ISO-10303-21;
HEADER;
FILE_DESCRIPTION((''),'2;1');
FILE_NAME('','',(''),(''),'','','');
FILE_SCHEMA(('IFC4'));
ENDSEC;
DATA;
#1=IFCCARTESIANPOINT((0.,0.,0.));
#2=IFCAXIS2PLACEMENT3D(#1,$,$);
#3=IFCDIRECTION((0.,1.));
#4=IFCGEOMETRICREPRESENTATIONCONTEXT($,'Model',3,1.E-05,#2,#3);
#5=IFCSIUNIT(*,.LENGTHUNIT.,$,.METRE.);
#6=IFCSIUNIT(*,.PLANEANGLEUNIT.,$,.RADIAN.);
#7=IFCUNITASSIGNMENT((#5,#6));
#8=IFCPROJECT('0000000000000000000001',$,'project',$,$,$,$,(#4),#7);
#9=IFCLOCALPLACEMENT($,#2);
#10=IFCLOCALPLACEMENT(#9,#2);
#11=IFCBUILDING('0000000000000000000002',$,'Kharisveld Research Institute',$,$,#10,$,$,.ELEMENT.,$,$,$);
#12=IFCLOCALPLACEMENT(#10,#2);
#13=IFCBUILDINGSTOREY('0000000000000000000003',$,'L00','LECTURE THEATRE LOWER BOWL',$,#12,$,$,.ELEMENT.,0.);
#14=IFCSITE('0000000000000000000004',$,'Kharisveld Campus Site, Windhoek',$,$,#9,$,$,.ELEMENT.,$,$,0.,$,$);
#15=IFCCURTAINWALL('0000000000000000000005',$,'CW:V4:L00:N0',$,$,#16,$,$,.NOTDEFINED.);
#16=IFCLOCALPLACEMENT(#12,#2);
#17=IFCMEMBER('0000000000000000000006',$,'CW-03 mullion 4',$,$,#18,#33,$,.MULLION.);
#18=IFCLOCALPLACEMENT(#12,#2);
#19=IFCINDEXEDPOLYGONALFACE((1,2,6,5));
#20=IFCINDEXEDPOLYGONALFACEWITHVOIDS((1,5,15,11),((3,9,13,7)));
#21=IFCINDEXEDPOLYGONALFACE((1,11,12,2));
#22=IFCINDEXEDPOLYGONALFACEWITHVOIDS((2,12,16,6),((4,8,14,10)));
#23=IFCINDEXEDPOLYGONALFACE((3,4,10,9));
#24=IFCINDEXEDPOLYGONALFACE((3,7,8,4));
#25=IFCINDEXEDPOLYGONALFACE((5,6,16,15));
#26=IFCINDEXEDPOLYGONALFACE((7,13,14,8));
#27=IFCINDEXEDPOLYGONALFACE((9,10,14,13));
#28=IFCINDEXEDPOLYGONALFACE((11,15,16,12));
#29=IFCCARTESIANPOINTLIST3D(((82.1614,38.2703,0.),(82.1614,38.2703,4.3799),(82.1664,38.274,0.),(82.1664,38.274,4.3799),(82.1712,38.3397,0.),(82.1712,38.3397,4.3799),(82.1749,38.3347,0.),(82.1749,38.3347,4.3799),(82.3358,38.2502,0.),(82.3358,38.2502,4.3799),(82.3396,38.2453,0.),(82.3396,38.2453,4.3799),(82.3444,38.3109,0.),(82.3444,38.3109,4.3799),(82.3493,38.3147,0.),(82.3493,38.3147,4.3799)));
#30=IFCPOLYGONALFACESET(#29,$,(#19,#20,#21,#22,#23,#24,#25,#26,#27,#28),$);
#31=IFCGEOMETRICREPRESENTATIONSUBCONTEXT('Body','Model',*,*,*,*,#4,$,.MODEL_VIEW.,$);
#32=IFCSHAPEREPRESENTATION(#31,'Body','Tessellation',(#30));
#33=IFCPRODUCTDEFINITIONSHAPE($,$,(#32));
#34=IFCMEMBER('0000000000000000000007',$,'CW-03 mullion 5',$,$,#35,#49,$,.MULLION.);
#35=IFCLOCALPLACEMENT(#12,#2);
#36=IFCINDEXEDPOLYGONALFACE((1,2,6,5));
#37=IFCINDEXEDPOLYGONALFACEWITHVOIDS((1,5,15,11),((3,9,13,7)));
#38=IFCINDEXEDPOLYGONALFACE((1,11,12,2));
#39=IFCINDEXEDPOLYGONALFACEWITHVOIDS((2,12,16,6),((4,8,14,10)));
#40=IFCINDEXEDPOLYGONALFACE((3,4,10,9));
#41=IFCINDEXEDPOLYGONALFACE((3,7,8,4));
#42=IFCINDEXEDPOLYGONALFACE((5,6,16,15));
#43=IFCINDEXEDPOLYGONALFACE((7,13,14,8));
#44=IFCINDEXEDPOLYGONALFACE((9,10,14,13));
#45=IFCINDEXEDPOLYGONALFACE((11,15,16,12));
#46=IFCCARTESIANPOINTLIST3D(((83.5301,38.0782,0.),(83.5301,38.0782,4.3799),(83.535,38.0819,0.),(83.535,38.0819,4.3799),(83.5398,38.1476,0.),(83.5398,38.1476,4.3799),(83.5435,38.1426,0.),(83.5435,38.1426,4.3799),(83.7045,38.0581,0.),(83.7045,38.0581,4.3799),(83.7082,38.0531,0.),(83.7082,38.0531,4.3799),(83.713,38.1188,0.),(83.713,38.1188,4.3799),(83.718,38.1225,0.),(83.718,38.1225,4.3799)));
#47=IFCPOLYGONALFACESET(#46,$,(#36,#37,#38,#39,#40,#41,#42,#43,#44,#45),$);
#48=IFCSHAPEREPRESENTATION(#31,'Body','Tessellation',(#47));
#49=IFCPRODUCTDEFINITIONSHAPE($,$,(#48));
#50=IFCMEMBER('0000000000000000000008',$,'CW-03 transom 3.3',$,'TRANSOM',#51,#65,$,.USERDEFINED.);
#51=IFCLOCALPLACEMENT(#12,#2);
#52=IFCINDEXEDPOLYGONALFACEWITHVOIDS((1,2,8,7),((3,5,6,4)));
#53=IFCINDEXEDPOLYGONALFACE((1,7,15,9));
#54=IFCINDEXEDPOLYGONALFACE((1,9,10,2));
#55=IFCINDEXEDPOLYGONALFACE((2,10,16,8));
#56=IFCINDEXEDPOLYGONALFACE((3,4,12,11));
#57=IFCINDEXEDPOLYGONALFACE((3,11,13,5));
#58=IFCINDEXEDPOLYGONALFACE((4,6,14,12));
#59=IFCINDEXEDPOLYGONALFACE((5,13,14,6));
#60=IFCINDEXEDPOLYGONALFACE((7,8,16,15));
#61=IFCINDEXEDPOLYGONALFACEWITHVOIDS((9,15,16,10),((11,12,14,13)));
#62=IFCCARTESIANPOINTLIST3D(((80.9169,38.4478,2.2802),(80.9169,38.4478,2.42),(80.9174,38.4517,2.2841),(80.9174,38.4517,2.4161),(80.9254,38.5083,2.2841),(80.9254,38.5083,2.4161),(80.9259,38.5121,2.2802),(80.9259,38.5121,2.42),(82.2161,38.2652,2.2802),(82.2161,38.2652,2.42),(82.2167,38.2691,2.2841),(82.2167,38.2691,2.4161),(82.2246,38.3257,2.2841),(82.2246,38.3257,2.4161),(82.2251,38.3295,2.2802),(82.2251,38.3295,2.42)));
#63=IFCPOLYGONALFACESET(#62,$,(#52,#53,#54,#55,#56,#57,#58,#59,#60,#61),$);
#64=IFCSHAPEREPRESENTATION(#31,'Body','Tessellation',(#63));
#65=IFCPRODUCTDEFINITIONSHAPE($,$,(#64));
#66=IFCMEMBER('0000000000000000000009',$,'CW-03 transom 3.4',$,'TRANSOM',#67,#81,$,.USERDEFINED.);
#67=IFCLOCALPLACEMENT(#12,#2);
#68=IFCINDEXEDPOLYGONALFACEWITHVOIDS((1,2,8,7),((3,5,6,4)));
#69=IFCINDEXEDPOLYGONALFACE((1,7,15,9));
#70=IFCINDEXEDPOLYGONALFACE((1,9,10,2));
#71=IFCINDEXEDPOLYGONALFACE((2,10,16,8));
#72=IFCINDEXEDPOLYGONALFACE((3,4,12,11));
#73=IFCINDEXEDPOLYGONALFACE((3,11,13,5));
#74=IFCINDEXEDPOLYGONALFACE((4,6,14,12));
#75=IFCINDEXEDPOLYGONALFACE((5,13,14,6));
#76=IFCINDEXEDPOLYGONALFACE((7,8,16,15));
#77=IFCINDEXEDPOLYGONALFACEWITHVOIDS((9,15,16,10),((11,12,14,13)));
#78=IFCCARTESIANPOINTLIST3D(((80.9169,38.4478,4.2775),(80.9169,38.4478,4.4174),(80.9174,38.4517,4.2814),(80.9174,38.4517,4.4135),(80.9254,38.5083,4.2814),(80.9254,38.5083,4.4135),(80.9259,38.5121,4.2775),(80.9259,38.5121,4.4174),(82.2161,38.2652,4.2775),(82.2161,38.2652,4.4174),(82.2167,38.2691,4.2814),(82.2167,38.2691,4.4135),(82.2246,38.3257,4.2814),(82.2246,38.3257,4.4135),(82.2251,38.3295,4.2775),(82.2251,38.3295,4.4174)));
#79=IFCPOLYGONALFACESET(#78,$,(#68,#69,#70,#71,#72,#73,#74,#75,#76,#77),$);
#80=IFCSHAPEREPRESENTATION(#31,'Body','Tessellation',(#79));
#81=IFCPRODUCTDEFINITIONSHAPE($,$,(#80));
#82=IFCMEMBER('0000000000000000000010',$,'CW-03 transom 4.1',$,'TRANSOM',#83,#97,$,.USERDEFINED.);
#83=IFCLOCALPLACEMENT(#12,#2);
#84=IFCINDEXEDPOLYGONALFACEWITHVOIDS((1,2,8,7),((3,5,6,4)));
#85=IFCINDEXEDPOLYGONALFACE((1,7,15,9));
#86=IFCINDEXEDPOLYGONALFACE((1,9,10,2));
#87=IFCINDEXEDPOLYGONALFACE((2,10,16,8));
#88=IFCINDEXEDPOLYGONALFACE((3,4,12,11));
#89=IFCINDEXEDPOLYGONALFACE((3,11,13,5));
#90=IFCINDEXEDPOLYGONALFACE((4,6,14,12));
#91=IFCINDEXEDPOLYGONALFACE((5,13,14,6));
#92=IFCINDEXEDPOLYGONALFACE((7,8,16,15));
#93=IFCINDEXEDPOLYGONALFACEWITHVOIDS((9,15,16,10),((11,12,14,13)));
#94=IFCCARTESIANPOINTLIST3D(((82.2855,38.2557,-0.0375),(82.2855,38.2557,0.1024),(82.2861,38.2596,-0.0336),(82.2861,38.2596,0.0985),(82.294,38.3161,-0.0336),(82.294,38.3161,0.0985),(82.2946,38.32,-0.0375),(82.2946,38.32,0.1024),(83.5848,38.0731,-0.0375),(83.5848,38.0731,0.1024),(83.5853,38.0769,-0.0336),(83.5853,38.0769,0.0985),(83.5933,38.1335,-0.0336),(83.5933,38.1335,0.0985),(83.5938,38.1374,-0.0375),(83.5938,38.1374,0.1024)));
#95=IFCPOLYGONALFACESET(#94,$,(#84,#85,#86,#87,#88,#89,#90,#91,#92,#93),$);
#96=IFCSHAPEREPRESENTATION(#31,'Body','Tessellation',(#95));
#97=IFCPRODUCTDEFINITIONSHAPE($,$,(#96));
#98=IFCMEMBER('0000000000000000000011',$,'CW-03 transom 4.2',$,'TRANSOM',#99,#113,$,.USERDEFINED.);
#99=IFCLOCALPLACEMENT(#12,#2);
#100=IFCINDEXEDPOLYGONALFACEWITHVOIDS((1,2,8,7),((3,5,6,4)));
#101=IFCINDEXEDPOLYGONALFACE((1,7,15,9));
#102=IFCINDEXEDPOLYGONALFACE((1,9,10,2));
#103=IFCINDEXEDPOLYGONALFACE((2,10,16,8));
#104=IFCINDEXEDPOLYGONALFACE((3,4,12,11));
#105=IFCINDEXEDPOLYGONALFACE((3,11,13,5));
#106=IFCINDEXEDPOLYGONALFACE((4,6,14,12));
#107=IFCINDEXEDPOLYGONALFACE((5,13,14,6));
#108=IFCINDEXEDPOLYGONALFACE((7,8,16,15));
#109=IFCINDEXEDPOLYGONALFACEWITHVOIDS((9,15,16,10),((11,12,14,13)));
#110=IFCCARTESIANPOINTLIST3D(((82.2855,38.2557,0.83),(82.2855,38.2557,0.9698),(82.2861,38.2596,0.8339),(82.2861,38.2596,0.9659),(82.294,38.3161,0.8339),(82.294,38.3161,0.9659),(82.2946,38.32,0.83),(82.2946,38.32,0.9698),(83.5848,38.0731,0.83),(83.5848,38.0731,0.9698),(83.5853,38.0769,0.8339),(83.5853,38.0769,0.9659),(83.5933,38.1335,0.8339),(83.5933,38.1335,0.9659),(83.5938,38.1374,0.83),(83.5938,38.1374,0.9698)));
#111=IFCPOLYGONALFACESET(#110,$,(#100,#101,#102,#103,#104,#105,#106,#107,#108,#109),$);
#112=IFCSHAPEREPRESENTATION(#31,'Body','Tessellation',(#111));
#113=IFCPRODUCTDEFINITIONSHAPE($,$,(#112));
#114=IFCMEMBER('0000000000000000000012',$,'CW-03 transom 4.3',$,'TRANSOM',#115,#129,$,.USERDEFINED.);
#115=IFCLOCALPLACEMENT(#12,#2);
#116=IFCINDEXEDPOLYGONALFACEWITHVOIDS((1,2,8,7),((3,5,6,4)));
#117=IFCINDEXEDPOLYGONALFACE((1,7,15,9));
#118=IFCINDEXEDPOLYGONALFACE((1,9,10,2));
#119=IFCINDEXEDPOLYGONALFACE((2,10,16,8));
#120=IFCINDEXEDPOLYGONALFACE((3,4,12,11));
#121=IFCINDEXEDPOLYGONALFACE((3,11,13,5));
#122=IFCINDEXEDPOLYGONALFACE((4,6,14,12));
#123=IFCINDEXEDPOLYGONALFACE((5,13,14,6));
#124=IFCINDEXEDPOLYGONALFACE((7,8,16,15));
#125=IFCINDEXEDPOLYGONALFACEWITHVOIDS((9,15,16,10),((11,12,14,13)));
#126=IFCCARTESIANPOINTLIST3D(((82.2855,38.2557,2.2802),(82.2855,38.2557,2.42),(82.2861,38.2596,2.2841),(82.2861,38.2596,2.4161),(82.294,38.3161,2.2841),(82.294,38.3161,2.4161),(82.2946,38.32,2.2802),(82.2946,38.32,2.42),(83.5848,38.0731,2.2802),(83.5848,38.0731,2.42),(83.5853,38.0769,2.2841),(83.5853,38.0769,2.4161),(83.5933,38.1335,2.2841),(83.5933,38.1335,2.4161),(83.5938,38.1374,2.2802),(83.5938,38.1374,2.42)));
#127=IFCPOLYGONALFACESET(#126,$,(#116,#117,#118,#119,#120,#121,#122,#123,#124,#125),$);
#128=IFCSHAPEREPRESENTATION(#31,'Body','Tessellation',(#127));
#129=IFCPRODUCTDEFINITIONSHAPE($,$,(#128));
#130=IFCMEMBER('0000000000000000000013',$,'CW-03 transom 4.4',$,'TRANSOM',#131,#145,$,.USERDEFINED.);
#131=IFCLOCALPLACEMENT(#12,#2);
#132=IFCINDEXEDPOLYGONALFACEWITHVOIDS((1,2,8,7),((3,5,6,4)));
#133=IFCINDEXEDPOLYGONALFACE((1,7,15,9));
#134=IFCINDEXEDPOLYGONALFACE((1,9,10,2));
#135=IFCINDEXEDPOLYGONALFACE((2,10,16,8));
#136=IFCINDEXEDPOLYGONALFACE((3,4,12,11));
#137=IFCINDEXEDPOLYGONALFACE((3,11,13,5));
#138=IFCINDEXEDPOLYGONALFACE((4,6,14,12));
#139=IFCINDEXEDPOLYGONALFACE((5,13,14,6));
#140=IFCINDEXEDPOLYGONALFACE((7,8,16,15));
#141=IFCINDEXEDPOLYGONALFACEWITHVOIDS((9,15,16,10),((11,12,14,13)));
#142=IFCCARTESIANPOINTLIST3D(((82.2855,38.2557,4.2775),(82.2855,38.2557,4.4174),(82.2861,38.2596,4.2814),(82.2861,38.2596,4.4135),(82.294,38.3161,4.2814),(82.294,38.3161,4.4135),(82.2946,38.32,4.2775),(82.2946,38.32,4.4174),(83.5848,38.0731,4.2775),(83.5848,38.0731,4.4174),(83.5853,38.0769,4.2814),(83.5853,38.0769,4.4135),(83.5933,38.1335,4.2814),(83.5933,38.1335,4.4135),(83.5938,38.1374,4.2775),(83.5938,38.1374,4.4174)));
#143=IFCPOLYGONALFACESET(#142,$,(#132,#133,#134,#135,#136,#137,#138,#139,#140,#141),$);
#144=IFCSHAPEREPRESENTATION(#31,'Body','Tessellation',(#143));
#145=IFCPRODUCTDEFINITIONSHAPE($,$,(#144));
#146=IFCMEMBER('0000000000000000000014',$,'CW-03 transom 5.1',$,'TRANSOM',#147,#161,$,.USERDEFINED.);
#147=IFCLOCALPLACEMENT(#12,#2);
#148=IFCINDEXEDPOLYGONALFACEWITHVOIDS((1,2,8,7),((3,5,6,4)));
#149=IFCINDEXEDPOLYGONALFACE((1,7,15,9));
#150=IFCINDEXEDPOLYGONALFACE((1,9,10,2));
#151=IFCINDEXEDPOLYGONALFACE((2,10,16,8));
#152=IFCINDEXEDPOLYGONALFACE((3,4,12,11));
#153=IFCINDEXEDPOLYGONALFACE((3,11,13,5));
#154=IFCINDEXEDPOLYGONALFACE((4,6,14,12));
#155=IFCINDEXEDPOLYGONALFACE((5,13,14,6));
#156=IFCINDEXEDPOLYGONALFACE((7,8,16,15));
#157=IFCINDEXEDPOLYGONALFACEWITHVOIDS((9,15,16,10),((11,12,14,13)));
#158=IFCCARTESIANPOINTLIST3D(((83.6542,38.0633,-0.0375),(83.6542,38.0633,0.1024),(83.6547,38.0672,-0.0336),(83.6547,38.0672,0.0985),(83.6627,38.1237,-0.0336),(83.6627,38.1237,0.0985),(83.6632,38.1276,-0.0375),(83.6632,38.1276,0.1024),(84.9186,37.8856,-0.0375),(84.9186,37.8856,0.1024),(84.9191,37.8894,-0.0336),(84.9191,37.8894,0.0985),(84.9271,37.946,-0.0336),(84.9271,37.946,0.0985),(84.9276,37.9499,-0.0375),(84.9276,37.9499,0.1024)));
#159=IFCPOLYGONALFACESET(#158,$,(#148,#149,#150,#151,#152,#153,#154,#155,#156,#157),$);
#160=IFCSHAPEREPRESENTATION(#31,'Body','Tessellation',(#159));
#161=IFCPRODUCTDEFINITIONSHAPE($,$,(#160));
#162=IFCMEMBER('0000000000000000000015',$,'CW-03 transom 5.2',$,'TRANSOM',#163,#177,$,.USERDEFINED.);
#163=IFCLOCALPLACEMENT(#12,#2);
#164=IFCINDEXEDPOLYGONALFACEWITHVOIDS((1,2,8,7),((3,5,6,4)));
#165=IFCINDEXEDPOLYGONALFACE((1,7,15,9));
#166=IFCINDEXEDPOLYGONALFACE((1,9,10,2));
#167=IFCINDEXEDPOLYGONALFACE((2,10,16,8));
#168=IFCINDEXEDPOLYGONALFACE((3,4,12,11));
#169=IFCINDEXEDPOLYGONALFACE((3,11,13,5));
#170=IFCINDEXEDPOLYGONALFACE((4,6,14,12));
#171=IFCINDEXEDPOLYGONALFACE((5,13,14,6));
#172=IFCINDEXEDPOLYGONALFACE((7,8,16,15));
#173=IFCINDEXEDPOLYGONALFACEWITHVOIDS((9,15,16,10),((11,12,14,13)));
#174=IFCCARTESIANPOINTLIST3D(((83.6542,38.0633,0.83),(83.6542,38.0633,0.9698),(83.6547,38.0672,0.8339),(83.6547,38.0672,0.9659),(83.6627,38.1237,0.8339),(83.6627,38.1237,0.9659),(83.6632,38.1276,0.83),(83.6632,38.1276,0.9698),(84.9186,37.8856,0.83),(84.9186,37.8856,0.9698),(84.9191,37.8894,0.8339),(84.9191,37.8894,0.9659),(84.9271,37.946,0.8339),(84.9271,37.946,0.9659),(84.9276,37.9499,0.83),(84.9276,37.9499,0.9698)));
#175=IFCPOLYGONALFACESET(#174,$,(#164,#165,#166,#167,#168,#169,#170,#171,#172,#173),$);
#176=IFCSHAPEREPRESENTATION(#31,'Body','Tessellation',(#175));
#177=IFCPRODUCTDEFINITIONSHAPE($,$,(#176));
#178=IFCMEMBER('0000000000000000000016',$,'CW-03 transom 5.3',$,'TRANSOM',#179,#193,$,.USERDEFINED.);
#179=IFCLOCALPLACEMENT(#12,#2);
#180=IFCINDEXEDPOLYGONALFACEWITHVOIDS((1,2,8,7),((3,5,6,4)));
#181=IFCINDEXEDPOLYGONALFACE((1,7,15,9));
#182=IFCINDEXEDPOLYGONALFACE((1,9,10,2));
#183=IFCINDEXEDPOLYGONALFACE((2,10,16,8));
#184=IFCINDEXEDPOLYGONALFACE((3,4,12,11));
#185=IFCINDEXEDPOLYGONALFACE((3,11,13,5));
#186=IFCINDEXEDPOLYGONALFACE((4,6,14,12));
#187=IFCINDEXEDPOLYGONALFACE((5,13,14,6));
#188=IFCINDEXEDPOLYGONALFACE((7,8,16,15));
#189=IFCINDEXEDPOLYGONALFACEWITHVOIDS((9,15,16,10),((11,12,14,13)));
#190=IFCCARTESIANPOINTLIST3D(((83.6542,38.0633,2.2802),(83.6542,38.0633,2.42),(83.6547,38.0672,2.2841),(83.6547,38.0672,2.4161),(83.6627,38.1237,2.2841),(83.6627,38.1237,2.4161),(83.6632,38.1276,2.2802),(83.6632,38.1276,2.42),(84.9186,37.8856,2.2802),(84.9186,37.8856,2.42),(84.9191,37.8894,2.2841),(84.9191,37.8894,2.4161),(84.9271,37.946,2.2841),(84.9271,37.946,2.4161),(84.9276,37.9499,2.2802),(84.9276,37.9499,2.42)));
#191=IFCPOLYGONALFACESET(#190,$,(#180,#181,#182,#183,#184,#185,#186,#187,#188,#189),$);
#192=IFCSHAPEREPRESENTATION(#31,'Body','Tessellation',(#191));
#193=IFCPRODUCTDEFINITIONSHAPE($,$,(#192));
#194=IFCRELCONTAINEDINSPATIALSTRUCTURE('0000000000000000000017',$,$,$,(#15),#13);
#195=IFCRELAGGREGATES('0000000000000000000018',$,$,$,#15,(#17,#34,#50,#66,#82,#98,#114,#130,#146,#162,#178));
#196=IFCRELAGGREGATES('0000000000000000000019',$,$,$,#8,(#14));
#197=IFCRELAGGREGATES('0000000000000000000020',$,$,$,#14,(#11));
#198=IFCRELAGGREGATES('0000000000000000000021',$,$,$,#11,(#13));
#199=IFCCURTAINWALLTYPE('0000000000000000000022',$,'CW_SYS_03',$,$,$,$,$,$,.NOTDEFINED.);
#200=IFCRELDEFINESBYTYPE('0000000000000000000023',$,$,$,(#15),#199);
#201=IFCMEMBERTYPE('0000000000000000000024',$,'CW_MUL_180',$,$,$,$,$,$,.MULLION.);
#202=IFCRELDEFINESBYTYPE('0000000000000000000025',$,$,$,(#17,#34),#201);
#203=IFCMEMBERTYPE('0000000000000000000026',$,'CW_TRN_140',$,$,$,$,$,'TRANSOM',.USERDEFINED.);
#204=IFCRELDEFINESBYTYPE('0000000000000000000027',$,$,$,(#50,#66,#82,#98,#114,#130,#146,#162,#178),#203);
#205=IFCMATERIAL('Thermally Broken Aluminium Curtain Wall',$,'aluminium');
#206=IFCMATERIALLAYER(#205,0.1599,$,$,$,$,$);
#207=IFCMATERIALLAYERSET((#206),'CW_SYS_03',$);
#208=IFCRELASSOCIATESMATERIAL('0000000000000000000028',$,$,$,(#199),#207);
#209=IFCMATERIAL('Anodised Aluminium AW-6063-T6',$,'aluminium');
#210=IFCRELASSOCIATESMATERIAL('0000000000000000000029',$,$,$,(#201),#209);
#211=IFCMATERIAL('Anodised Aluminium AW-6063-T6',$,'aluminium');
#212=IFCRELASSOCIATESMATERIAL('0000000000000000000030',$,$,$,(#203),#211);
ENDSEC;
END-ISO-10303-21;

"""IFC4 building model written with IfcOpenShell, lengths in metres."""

from ifc_helpers import new_model, si_unit, direction, frame, origin, origin_2d, place, context, subcontext, project, spatial, hollow_rectangle, extrude, material, layer, layer_set, material_profile, profile_set, type_object, element, aggregate, save


model = new_model("IFC4")

# Units and contexts
model_context = context("Model", 3, precision=1e-05, world=origin(), true_north=direction((0.0, 1.0)))
body_context = subcontext(model_context, "Body", "Model", "MODEL_VIEW")
ifc_project = project(units=[si_unit("LENGTHUNIT", "METRE"), si_unit("PLANEANGLEUNIT", "RADIAN")], contexts=[model_context])

# Site, building, storey
site_placement = place(None, origin())
site = spatial("IfcSite", under=ifc_project, at=site_placement, Name="Kharisveld Campus Site, Windhoek", CompositionType="ELEMENT", RefElevation=0.0)
building_placement = place(site_placement, origin())
building = spatial("IfcBuilding", under=site, at=building_placement, Name="Kharisveld Research Institute", CompositionType="ELEMENT")
storey_placement = place(building_placement, origin())
storey = spatial("IfcBuildingStorey", under=building, at=storey_placement, Name="L00", Description="LECTURE THEATRE LOWER BOWL", CompositionType="ELEMENT", Elevation=0.0)

# Curtain wall, members
ifc_material_1 = material(Name="Thermally Broken Aluminium Curtain Wall", Category="aluminium")
ifc_layer_1 = layer(ifc_material_1, 0.1599)
ifc_layer_set_1 = layer_set([ifc_layer_1], Name="CW_SYS_03")
curtain_wall_type = type_object("IfcCurtainWallType", Name="CW_SYS_03", PredefinedType="NOTDEFINED", material=ifc_layer_set_1)
curtain_wall_placement = place(storey_placement, origin())
curtain_wall = element("IfcCurtainWall", 1, at=curtain_wall_placement, inside=storey, type_object=curtain_wall_type, Name="CW:V4:L00:N0", PredefinedType="NOTDEFINED")
ifc_material_2 = material(Name="Anodised Aluminium AW-6063-T6", Category="aluminium")
ifc_material_profile_1 = material_profile(ifc_material_2, hollow_rectangle(XDim=0.0701, YDim=0.1799, WallThickness=0.0044, at=origin_2d()))
ifc_profile_set_1 = profile_set([ifc_material_profile_1], Name="Anodised Aluminium AW-6063-T6")
member_type_1 = type_object("IfcMemberType", Name="CW_MUL_180", PredefinedType="MULLION", material=ifc_profile_set_1)
member_1_placement = place(storey_placement, frame((82.2554, 38.2925, 0.0), z_axis=(0.0, 0.0, 1.0), x_axis=(0.139173, 0.990268, 0.0)))
member_1 = element("IfcMember", 2, at=member_1_placement, type_object=member_type_1, Name="CW-03 mullion 4", PredefinedType="MULLION", context=body_context, shape_type="SweptSolid", body=[
    extrude(hollow_rectangle(XDim=0.0701, YDim=0.1799, WallThickness=0.0044, at=origin_2d()), origin(), (0.0, 0.0, 1.0), 4.3799),
])
member_2_placement = place(storey_placement, frame((83.624, 38.1003, 0.0), z_axis=(0.0, 0.0, 1.0), x_axis=(0.139173, 0.990268, 0.0)))
member_2 = element("IfcMember", 3, at=member_2_placement, type_object=member_type_1, Name="CW-03 mullion 5", PredefinedType="MULLION", context=body_context, shape_type="SweptSolid", body=[
    extrude(hollow_rectangle(XDim=0.0701, YDim=0.1799, WallThickness=0.0044, at=origin_2d()), origin(), (0.0, 0.0, 1.0), 4.3799),
])
ifc_material_3 = material(Name="Anodised Aluminium AW-6063-T6", Category="aluminium")
ifc_material_profile_2 = material_profile(ifc_material_3, hollow_rectangle(XDim=0.0649, YDim=0.1399, WallThickness=0.0039, at=origin_2d()))
ifc_profile_set_2 = profile_set([ifc_material_profile_2], Name="Anodised Aluminium AW-6063-T6")
member_type_2 = type_object("IfcMemberType", Name="CW_TRN_140", ElementType="TRANSOM", PredefinedType="USERDEFINED", material=ifc_profile_set_2)
member_3_placement = place(storey_placement, frame((80.9214, 38.48, 2.3501), z_axis=(0.990267, -0.139181, 0.0), x_axis=(0.139181, 0.990267, 0.0)))
member_3 = element("IfcMember", 4, at=member_3_placement, type_object=member_type_2, Name="CW-03 transom 3.3", ObjectType="TRANSOM", PredefinedType="USERDEFINED", context=body_context, shape_type="SweptSolid", body=[
    extrude(hollow_rectangle(XDim=0.0649, YDim=0.1399, WallThickness=0.0039, at=origin_2d()), origin(), (0.0, 0.0, 1.0), 1.312),
])
member_4_placement = place(storey_placement, frame((80.9214, 38.48, 4.3474), z_axis=(0.990267, -0.139181, 0.0), x_axis=(0.139181, 0.990267, 0.0)))
member_4 = element("IfcMember", 5, at=member_4_placement, type_object=member_type_2, Name="CW-03 transom 3.4", ObjectType="TRANSOM", PredefinedType="USERDEFINED", context=body_context, shape_type="SweptSolid", body=[
    extrude(hollow_rectangle(XDim=0.0649, YDim=0.1399, WallThickness=0.0039, at=origin_2d()), origin(), (0.0, 0.0, 1.0), 1.312),
])
member_5_placement = place(storey_placement, frame((82.29, 38.2878, 0.0325), z_axis=(0.990267, -0.139181, 0.0), x_axis=(0.139181, 0.990267, 0.0)))
member_5 = element("IfcMember", 6, at=member_5_placement, type_object=member_type_2, Name="CW-03 transom 4.1", ObjectType="TRANSOM", PredefinedType="USERDEFINED", context=body_context, shape_type="SweptSolid", body=[
    extrude(hollow_rectangle(XDim=0.0649, YDim=0.1399, WallThickness=0.0039, at=origin_2d()), origin(), (0.0, 0.0, 1.0), 1.312),
])
member_6_placement = place(storey_placement, frame((82.29, 38.2878, 0.8999), z_axis=(0.990267, -0.139181, 0.0), x_axis=(0.139181, 0.990267, 0.0)))
member_6 = element("IfcMember", 7, at=member_6_placement, type_object=member_type_2, Name="CW-03 transom 4.2", ObjectType="TRANSOM", PredefinedType="USERDEFINED", context=body_context, shape_type="SweptSolid", body=[
    extrude(hollow_rectangle(XDim=0.0649, YDim=0.1399, WallThickness=0.0039, at=origin_2d()), origin(), (0.0, 0.0, 1.0), 1.312),
])
member_7_placement = place(storey_placement, frame((82.29, 38.2878, 2.3501), z_axis=(0.990267, -0.139181, 0.0), x_axis=(0.139181, 0.990267, 0.0)))
member_7 = element("IfcMember", 8, at=member_7_placement, type_object=member_type_2, Name="CW-03 transom 4.3", ObjectType="TRANSOM", PredefinedType="USERDEFINED", context=body_context, shape_type="SweptSolid", body=[
    extrude(hollow_rectangle(XDim=0.0649, YDim=0.1399, WallThickness=0.0039, at=origin_2d()), origin(), (0.0, 0.0, 1.0), 1.312),
])
member_8_placement = place(storey_placement, frame((82.29, 38.2878, 4.3474), z_axis=(0.990267, -0.139181, 0.0), x_axis=(0.139181, 0.990267, 0.0)))
member_8 = element("IfcMember", 9, at=member_8_placement, type_object=member_type_2, Name="CW-03 transom 4.4", ObjectType="TRANSOM", PredefinedType="USERDEFINED", context=body_context, shape_type="SweptSolid", body=[
    extrude(hollow_rectangle(XDim=0.0649, YDim=0.1399, WallThickness=0.0039, at=origin_2d()), origin(), (0.0, 0.0, 1.0), 1.312),
])
member_9_placement = place(storey_placement, frame((83.6587, 38.0955, 0.0325), z_axis=(0.990264, -0.139199, 0.0), x_axis=(0.139199, 0.990264, 0.0)))
member_9 = element("IfcMember", 10, at=member_9_placement, type_object=member_type_2, Name="CW-03 transom 5.1", ObjectType="TRANSOM", PredefinedType="USERDEFINED", context=body_context, shape_type="SweptSolid", body=[
    extrude(hollow_rectangle(XDim=0.0649, YDim=0.1399, WallThickness=0.0039, at=origin_2d()), origin(), (0.0, 0.0, 1.0), 1.2769),
])
member_10_placement = place(storey_placement, frame((83.6587, 38.0955, 0.8999), z_axis=(0.990264, -0.139199, 0.0), x_axis=(0.139199, 0.990264, 0.0)))
member_10 = element("IfcMember", 11, at=member_10_placement, type_object=member_type_2, Name="CW-03 transom 5.2", ObjectType="TRANSOM", PredefinedType="USERDEFINED", context=body_context, shape_type="SweptSolid", body=[
    extrude(hollow_rectangle(XDim=0.0649, YDim=0.1399, WallThickness=0.0039, at=origin_2d()), origin(), (0.0, 0.0, 1.0), 1.2769),
])
member_11_placement = place(storey_placement, frame((83.6587, 38.0955, 2.3501), z_axis=(0.990264, -0.139199, 0.0), x_axis=(0.139199, 0.990264, 0.0)))
member_11 = element("IfcMember", 12, at=member_11_placement, type_object=member_type_2, Name="CW-03 transom 5.3", ObjectType="TRANSOM", PredefinedType="USERDEFINED", context=body_context, shape_type="SweptSolid", body=[
    extrude(hollow_rectangle(XDim=0.0649, YDim=0.1399, WallThickness=0.0039, at=origin_2d()), origin(), (0.0, 0.0, 1.0), 1.2769),
])
aggregate(curtain_wall, [member_1, member_2, member_3, member_4, member_5, member_6, member_7, member_8, member_9, member_10, member_11])

save(model, "model.ifc")
